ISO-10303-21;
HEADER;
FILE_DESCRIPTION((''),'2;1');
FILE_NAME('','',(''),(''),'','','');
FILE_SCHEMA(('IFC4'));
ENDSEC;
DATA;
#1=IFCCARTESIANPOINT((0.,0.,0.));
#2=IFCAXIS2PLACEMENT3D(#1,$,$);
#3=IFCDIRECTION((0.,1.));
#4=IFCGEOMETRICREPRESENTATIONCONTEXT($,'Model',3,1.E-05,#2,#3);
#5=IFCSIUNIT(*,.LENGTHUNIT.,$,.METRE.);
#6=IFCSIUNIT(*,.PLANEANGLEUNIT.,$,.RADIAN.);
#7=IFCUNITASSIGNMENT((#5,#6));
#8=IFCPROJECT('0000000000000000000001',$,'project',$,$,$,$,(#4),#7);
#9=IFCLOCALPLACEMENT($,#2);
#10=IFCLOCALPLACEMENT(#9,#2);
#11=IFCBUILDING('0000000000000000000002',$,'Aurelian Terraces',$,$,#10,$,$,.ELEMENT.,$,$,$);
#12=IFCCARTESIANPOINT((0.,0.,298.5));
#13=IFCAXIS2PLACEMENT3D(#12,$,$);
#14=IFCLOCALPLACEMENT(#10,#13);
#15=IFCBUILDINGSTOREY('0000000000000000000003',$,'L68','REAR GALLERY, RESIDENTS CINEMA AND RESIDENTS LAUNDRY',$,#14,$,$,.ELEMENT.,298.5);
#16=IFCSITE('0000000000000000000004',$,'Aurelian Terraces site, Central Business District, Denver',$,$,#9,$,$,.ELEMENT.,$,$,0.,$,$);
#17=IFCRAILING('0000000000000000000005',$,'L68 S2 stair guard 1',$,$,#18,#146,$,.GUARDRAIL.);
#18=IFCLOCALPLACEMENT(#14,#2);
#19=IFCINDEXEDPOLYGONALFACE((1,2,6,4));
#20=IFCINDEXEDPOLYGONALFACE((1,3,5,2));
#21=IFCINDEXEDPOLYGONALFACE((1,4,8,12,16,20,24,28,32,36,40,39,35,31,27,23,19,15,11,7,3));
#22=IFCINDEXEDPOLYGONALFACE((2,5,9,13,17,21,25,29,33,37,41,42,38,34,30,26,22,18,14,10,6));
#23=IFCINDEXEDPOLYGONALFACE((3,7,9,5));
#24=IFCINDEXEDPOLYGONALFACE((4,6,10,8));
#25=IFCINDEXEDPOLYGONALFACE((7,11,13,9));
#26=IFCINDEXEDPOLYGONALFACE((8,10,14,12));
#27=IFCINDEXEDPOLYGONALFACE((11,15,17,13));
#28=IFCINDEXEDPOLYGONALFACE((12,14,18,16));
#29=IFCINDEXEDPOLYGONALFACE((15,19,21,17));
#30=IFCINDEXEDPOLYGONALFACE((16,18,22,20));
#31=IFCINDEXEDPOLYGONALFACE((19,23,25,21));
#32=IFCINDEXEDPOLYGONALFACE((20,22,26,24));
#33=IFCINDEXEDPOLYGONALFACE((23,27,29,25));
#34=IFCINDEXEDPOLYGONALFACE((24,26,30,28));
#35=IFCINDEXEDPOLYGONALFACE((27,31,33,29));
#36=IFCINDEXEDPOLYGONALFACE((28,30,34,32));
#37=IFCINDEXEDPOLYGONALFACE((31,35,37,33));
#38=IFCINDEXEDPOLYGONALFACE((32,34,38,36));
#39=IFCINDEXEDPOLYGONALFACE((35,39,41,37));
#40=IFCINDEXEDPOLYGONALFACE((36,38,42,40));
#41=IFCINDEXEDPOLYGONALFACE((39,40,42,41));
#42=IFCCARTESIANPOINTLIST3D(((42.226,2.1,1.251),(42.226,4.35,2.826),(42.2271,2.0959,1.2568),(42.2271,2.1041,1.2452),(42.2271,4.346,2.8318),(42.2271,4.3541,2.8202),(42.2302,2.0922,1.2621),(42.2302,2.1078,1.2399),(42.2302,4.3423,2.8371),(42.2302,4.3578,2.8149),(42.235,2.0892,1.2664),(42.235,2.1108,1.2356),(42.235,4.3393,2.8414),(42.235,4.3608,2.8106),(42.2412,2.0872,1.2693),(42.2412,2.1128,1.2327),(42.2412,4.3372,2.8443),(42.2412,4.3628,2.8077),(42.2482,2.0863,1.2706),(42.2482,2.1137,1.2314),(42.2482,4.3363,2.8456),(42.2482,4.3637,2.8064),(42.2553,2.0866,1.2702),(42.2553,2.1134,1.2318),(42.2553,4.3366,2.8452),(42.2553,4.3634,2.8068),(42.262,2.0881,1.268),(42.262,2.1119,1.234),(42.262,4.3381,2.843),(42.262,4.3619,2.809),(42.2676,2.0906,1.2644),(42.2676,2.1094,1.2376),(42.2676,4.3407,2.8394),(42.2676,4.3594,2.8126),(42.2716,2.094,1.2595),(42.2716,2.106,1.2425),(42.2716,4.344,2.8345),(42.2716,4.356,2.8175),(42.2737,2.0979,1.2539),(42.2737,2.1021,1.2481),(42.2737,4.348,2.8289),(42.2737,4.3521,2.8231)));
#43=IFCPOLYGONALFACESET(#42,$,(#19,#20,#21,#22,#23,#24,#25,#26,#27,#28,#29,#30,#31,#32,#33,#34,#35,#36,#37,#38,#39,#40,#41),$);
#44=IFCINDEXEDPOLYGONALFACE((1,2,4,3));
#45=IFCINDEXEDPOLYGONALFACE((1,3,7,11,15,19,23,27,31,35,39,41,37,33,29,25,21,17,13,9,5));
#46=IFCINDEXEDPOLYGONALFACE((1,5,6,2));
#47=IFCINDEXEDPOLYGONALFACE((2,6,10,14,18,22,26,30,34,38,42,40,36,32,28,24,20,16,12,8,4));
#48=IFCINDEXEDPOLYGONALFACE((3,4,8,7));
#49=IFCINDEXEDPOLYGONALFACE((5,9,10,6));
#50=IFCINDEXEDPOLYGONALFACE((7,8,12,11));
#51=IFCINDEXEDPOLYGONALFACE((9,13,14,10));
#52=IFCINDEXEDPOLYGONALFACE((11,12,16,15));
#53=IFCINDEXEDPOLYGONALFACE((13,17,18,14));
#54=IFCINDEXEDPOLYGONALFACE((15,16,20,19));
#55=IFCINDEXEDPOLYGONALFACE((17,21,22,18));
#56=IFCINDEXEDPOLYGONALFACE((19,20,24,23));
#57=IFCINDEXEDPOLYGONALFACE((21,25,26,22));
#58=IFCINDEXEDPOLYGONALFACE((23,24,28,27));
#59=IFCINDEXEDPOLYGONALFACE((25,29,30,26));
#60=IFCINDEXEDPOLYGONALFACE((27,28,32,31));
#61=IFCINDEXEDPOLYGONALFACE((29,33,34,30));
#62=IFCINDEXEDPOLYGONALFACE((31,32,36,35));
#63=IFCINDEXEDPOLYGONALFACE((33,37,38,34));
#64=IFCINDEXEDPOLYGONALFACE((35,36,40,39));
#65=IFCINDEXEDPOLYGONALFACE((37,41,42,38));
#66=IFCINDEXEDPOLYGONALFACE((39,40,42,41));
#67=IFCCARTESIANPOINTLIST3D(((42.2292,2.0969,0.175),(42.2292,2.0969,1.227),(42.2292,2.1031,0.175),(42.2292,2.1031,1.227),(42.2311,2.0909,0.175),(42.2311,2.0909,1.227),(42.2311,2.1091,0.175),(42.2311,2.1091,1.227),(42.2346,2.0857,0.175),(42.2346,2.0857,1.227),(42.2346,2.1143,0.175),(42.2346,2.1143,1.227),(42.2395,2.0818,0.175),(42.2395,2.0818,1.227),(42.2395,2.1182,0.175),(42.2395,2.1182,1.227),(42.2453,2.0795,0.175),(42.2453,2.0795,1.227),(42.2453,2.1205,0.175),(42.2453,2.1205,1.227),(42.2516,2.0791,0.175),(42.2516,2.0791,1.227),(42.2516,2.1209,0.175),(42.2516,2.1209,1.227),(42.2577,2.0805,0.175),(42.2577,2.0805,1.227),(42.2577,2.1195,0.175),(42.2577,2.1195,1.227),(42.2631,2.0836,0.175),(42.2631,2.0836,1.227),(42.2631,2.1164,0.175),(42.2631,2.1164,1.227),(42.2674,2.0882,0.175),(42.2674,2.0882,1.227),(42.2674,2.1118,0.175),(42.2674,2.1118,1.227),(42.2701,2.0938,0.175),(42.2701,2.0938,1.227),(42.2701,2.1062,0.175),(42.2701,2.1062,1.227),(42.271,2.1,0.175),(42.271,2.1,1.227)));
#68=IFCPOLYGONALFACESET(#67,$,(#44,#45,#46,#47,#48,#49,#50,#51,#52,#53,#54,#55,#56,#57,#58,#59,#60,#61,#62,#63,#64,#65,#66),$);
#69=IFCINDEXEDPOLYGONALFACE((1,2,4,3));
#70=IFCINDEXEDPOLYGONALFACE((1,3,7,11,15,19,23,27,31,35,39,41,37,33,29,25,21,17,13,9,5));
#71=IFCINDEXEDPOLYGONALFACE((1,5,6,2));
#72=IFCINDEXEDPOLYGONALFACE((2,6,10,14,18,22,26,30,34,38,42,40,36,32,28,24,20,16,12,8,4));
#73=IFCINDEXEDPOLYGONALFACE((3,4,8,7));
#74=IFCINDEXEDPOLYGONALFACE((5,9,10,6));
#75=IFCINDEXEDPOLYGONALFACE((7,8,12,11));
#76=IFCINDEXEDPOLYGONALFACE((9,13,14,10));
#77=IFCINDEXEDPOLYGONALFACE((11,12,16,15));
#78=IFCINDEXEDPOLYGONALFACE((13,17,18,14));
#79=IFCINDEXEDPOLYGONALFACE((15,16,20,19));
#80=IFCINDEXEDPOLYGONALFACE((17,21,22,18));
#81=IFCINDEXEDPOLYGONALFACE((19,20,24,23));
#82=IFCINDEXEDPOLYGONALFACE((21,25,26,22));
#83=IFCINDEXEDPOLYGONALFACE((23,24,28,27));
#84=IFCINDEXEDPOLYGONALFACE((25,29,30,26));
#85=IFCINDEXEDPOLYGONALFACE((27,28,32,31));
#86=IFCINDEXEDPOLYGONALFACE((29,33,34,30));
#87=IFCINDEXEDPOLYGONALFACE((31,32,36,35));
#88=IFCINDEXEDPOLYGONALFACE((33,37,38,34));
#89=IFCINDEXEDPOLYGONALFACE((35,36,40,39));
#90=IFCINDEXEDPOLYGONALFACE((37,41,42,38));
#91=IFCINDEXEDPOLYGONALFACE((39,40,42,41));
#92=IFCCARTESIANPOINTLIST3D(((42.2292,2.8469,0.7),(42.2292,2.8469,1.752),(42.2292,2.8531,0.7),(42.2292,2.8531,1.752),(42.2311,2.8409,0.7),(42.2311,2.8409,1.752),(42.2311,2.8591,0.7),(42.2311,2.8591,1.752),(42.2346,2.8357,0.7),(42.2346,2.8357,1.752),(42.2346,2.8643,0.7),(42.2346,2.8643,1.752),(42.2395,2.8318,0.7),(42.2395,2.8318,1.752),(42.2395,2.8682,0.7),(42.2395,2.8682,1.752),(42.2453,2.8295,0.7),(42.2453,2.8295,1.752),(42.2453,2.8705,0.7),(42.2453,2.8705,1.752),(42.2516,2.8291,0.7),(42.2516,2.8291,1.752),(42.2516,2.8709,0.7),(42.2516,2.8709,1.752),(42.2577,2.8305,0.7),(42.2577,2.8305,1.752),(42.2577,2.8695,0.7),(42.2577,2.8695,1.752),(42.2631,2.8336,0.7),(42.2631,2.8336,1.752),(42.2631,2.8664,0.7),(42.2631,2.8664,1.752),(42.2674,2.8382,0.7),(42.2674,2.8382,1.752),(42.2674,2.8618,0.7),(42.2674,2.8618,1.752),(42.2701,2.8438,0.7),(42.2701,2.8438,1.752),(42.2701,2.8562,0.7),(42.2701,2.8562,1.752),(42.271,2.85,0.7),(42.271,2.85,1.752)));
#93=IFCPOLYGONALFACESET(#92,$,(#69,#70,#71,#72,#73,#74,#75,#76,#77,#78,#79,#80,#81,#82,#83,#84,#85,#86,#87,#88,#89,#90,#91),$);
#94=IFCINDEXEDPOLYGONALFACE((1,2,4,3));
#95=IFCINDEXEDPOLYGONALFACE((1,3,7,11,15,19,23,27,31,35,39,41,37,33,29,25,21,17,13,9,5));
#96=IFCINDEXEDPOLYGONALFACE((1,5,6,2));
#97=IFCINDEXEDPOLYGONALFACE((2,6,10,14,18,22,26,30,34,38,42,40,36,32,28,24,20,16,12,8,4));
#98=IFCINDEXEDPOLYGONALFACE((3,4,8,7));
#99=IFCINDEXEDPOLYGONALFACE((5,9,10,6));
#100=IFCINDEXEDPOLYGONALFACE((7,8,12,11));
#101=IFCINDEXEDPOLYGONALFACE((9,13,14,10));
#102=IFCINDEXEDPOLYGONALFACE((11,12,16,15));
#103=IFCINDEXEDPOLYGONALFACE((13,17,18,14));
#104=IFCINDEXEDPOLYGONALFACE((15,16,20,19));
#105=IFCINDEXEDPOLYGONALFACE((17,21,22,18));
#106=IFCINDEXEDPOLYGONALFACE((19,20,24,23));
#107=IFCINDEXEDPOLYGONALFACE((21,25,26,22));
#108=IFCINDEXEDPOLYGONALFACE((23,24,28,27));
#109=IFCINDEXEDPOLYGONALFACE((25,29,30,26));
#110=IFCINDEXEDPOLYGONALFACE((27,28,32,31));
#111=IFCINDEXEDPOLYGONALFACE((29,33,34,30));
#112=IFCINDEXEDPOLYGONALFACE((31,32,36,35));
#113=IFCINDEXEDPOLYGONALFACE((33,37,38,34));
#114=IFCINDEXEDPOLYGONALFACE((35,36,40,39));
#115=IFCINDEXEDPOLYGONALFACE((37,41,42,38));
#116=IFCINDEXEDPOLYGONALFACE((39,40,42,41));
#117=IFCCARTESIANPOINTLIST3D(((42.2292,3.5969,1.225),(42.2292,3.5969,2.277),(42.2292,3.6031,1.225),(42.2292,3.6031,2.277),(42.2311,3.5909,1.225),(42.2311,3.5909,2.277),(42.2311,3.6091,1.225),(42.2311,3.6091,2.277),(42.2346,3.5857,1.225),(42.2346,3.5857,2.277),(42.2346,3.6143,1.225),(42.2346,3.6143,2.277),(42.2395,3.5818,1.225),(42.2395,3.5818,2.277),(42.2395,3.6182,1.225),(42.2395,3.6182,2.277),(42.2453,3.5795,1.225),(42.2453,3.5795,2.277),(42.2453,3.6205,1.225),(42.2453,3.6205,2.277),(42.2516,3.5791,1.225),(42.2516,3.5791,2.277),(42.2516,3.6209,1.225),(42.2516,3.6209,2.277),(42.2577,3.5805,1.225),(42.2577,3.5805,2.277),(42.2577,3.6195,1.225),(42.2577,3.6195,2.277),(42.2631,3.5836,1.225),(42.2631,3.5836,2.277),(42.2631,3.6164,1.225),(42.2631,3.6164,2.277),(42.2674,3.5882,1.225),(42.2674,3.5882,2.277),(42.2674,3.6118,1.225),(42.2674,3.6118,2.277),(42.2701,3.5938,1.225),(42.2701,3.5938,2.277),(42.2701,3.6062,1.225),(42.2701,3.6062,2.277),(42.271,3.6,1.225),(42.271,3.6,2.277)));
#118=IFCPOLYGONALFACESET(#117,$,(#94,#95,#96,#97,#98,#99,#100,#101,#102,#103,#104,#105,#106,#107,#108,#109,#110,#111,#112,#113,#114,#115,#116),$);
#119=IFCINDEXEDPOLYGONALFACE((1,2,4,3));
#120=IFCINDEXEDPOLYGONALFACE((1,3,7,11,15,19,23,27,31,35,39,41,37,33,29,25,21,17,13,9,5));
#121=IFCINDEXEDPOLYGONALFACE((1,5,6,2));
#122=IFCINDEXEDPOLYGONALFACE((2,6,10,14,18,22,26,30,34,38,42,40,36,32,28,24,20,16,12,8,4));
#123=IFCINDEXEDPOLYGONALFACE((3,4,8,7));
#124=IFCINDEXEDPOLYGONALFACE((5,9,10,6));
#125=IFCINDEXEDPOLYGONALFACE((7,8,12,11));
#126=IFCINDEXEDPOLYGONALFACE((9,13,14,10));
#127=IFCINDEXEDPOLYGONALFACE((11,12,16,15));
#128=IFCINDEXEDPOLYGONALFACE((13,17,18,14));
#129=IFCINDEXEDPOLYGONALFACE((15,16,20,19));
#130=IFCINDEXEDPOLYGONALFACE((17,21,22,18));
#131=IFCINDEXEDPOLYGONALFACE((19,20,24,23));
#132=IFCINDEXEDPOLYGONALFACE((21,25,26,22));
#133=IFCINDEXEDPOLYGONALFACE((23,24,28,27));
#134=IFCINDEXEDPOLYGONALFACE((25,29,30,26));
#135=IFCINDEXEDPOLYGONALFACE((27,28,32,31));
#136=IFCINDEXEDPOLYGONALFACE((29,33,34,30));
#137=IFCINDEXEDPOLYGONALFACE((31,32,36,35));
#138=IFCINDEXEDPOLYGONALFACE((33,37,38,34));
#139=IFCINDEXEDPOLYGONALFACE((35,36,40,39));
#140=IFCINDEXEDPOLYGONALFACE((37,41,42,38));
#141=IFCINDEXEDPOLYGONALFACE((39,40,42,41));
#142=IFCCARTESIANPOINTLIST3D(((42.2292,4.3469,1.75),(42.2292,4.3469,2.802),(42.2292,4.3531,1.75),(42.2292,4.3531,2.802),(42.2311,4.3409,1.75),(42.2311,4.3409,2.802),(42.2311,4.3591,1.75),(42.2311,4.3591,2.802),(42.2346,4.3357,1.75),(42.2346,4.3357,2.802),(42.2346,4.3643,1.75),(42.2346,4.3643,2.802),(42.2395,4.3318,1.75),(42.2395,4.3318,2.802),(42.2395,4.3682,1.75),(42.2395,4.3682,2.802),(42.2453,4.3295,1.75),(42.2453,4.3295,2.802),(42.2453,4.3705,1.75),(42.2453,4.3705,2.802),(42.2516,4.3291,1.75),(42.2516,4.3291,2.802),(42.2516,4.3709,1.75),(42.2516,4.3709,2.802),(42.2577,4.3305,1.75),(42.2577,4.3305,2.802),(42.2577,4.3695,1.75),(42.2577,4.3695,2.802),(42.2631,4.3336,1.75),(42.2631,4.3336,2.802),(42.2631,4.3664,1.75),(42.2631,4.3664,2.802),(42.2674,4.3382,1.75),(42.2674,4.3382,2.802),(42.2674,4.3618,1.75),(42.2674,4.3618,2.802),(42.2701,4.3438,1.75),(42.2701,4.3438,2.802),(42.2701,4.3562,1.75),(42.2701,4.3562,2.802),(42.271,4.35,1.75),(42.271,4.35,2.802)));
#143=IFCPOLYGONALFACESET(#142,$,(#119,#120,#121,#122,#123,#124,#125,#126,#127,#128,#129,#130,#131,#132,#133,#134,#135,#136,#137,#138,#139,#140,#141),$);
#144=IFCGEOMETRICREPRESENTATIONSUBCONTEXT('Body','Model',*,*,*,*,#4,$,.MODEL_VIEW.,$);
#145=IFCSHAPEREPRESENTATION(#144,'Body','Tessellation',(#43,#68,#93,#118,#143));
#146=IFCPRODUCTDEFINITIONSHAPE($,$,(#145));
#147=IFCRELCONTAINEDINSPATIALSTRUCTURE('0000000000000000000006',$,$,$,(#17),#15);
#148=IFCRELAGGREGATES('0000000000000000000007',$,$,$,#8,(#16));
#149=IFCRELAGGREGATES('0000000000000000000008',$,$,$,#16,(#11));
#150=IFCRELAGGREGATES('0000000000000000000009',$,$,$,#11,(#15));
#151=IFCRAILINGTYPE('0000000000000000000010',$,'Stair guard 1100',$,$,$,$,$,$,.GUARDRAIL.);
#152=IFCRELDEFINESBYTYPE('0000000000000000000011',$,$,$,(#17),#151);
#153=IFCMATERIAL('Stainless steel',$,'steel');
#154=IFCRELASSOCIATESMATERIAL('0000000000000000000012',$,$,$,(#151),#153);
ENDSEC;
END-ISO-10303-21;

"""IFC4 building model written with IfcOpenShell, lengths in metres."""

from ifc_helpers import new_model, si_unit, direction, frame, origin, origin_2d, place, context, subcontext, project, spatial, circle, extrude, source, transform, mapped, material, type_object, element, save


model = new_model("IFC4")

# Units and contexts
model_context = context("Model", 3, precision=1e-05, world=origin(), true_north=direction((0.0, 1.0)))
body_context = subcontext(model_context, "Body", "Model", "MODEL_VIEW")
ifc_project = project(units=[si_unit("LENGTHUNIT", "METRE"), si_unit("PLANEANGLEUNIT", "RADIAN")], contexts=[model_context])

# Site, building, storey
site_placement = place(None, origin())
site = spatial("IfcSite", under=ifc_project, at=site_placement, Name="Aurelian Terraces site, Central Business District, Denver", CompositionType="ELEMENT", RefElevation=0.0)
building_placement = place(site_placement, origin())
building = spatial("IfcBuilding", under=site, at=building_placement, Name="Aurelian Terraces", CompositionType="ELEMENT")
storey_placement = place(building_placement, frame((0.0, 0.0, 298.5)))
storey = spatial("IfcBuildingStorey", under=building, at=storey_placement, Name="L68", Description="REAR GALLERY, RESIDENTS CINEMA AND RESIDENTS LAUNDRY", CompositionType="ELEMENT", Elevation=298.5)

# Railing
ifc_material_1 = material(Name="Stainless steel", Category="steel")
railing_type_1 = type_object("IfcRailingType", Name="Stair guard 1100", PredefinedType="GUARDRAIL", material=ifc_material_1)
shared_shape_1 = source(origin(), body_context, "Body", "SweptSolid", [
    extrude(circle(Radius=0.024, at=origin_2d()), frame((0.0, 0.0, 1.076), z_axis=(0.0, 0.819232, 0.573462), x_axis=(-1.0, 0.0, 0.0)), (0.0, 0.0, 1.0), 2.7465),
    extrude(circle(Radius=0.021, at=origin_2d()), origin(), (0.0, 0.0, 1.0), 1.052),
    extrude(circle(Radius=0.021, at=origin_2d()), frame((0.0, 0.75, 0.525)), (0.0, 0.0, 1.0), 1.052),
    extrude(circle(Radius=0.021, at=origin_2d()), frame((0.0, 1.5, 1.05)), (0.0, 0.0, 1.0), 1.052),
    extrude(circle(Radius=0.021, at=origin_2d()), frame((0.0, 2.25, 1.575)), (0.0, 0.0, 1.0), 1.052),
])
railing_1_placement = place(storey_placement, frame((42.25, 2.1, 0.175)))
element("IfcRailing", 1, at=railing_1_placement, inside=storey, type_object=railing_type_1, Name="L68 S2 stair guard 1", PredefinedType="GUARDRAIL", context=body_context, shape_type="MappedRepresentation", body=[
    mapped(shared_shape_1, transform((0.0, 0.0, 0.0), scale=1.0)),
])

save(model, "model.ifc")
